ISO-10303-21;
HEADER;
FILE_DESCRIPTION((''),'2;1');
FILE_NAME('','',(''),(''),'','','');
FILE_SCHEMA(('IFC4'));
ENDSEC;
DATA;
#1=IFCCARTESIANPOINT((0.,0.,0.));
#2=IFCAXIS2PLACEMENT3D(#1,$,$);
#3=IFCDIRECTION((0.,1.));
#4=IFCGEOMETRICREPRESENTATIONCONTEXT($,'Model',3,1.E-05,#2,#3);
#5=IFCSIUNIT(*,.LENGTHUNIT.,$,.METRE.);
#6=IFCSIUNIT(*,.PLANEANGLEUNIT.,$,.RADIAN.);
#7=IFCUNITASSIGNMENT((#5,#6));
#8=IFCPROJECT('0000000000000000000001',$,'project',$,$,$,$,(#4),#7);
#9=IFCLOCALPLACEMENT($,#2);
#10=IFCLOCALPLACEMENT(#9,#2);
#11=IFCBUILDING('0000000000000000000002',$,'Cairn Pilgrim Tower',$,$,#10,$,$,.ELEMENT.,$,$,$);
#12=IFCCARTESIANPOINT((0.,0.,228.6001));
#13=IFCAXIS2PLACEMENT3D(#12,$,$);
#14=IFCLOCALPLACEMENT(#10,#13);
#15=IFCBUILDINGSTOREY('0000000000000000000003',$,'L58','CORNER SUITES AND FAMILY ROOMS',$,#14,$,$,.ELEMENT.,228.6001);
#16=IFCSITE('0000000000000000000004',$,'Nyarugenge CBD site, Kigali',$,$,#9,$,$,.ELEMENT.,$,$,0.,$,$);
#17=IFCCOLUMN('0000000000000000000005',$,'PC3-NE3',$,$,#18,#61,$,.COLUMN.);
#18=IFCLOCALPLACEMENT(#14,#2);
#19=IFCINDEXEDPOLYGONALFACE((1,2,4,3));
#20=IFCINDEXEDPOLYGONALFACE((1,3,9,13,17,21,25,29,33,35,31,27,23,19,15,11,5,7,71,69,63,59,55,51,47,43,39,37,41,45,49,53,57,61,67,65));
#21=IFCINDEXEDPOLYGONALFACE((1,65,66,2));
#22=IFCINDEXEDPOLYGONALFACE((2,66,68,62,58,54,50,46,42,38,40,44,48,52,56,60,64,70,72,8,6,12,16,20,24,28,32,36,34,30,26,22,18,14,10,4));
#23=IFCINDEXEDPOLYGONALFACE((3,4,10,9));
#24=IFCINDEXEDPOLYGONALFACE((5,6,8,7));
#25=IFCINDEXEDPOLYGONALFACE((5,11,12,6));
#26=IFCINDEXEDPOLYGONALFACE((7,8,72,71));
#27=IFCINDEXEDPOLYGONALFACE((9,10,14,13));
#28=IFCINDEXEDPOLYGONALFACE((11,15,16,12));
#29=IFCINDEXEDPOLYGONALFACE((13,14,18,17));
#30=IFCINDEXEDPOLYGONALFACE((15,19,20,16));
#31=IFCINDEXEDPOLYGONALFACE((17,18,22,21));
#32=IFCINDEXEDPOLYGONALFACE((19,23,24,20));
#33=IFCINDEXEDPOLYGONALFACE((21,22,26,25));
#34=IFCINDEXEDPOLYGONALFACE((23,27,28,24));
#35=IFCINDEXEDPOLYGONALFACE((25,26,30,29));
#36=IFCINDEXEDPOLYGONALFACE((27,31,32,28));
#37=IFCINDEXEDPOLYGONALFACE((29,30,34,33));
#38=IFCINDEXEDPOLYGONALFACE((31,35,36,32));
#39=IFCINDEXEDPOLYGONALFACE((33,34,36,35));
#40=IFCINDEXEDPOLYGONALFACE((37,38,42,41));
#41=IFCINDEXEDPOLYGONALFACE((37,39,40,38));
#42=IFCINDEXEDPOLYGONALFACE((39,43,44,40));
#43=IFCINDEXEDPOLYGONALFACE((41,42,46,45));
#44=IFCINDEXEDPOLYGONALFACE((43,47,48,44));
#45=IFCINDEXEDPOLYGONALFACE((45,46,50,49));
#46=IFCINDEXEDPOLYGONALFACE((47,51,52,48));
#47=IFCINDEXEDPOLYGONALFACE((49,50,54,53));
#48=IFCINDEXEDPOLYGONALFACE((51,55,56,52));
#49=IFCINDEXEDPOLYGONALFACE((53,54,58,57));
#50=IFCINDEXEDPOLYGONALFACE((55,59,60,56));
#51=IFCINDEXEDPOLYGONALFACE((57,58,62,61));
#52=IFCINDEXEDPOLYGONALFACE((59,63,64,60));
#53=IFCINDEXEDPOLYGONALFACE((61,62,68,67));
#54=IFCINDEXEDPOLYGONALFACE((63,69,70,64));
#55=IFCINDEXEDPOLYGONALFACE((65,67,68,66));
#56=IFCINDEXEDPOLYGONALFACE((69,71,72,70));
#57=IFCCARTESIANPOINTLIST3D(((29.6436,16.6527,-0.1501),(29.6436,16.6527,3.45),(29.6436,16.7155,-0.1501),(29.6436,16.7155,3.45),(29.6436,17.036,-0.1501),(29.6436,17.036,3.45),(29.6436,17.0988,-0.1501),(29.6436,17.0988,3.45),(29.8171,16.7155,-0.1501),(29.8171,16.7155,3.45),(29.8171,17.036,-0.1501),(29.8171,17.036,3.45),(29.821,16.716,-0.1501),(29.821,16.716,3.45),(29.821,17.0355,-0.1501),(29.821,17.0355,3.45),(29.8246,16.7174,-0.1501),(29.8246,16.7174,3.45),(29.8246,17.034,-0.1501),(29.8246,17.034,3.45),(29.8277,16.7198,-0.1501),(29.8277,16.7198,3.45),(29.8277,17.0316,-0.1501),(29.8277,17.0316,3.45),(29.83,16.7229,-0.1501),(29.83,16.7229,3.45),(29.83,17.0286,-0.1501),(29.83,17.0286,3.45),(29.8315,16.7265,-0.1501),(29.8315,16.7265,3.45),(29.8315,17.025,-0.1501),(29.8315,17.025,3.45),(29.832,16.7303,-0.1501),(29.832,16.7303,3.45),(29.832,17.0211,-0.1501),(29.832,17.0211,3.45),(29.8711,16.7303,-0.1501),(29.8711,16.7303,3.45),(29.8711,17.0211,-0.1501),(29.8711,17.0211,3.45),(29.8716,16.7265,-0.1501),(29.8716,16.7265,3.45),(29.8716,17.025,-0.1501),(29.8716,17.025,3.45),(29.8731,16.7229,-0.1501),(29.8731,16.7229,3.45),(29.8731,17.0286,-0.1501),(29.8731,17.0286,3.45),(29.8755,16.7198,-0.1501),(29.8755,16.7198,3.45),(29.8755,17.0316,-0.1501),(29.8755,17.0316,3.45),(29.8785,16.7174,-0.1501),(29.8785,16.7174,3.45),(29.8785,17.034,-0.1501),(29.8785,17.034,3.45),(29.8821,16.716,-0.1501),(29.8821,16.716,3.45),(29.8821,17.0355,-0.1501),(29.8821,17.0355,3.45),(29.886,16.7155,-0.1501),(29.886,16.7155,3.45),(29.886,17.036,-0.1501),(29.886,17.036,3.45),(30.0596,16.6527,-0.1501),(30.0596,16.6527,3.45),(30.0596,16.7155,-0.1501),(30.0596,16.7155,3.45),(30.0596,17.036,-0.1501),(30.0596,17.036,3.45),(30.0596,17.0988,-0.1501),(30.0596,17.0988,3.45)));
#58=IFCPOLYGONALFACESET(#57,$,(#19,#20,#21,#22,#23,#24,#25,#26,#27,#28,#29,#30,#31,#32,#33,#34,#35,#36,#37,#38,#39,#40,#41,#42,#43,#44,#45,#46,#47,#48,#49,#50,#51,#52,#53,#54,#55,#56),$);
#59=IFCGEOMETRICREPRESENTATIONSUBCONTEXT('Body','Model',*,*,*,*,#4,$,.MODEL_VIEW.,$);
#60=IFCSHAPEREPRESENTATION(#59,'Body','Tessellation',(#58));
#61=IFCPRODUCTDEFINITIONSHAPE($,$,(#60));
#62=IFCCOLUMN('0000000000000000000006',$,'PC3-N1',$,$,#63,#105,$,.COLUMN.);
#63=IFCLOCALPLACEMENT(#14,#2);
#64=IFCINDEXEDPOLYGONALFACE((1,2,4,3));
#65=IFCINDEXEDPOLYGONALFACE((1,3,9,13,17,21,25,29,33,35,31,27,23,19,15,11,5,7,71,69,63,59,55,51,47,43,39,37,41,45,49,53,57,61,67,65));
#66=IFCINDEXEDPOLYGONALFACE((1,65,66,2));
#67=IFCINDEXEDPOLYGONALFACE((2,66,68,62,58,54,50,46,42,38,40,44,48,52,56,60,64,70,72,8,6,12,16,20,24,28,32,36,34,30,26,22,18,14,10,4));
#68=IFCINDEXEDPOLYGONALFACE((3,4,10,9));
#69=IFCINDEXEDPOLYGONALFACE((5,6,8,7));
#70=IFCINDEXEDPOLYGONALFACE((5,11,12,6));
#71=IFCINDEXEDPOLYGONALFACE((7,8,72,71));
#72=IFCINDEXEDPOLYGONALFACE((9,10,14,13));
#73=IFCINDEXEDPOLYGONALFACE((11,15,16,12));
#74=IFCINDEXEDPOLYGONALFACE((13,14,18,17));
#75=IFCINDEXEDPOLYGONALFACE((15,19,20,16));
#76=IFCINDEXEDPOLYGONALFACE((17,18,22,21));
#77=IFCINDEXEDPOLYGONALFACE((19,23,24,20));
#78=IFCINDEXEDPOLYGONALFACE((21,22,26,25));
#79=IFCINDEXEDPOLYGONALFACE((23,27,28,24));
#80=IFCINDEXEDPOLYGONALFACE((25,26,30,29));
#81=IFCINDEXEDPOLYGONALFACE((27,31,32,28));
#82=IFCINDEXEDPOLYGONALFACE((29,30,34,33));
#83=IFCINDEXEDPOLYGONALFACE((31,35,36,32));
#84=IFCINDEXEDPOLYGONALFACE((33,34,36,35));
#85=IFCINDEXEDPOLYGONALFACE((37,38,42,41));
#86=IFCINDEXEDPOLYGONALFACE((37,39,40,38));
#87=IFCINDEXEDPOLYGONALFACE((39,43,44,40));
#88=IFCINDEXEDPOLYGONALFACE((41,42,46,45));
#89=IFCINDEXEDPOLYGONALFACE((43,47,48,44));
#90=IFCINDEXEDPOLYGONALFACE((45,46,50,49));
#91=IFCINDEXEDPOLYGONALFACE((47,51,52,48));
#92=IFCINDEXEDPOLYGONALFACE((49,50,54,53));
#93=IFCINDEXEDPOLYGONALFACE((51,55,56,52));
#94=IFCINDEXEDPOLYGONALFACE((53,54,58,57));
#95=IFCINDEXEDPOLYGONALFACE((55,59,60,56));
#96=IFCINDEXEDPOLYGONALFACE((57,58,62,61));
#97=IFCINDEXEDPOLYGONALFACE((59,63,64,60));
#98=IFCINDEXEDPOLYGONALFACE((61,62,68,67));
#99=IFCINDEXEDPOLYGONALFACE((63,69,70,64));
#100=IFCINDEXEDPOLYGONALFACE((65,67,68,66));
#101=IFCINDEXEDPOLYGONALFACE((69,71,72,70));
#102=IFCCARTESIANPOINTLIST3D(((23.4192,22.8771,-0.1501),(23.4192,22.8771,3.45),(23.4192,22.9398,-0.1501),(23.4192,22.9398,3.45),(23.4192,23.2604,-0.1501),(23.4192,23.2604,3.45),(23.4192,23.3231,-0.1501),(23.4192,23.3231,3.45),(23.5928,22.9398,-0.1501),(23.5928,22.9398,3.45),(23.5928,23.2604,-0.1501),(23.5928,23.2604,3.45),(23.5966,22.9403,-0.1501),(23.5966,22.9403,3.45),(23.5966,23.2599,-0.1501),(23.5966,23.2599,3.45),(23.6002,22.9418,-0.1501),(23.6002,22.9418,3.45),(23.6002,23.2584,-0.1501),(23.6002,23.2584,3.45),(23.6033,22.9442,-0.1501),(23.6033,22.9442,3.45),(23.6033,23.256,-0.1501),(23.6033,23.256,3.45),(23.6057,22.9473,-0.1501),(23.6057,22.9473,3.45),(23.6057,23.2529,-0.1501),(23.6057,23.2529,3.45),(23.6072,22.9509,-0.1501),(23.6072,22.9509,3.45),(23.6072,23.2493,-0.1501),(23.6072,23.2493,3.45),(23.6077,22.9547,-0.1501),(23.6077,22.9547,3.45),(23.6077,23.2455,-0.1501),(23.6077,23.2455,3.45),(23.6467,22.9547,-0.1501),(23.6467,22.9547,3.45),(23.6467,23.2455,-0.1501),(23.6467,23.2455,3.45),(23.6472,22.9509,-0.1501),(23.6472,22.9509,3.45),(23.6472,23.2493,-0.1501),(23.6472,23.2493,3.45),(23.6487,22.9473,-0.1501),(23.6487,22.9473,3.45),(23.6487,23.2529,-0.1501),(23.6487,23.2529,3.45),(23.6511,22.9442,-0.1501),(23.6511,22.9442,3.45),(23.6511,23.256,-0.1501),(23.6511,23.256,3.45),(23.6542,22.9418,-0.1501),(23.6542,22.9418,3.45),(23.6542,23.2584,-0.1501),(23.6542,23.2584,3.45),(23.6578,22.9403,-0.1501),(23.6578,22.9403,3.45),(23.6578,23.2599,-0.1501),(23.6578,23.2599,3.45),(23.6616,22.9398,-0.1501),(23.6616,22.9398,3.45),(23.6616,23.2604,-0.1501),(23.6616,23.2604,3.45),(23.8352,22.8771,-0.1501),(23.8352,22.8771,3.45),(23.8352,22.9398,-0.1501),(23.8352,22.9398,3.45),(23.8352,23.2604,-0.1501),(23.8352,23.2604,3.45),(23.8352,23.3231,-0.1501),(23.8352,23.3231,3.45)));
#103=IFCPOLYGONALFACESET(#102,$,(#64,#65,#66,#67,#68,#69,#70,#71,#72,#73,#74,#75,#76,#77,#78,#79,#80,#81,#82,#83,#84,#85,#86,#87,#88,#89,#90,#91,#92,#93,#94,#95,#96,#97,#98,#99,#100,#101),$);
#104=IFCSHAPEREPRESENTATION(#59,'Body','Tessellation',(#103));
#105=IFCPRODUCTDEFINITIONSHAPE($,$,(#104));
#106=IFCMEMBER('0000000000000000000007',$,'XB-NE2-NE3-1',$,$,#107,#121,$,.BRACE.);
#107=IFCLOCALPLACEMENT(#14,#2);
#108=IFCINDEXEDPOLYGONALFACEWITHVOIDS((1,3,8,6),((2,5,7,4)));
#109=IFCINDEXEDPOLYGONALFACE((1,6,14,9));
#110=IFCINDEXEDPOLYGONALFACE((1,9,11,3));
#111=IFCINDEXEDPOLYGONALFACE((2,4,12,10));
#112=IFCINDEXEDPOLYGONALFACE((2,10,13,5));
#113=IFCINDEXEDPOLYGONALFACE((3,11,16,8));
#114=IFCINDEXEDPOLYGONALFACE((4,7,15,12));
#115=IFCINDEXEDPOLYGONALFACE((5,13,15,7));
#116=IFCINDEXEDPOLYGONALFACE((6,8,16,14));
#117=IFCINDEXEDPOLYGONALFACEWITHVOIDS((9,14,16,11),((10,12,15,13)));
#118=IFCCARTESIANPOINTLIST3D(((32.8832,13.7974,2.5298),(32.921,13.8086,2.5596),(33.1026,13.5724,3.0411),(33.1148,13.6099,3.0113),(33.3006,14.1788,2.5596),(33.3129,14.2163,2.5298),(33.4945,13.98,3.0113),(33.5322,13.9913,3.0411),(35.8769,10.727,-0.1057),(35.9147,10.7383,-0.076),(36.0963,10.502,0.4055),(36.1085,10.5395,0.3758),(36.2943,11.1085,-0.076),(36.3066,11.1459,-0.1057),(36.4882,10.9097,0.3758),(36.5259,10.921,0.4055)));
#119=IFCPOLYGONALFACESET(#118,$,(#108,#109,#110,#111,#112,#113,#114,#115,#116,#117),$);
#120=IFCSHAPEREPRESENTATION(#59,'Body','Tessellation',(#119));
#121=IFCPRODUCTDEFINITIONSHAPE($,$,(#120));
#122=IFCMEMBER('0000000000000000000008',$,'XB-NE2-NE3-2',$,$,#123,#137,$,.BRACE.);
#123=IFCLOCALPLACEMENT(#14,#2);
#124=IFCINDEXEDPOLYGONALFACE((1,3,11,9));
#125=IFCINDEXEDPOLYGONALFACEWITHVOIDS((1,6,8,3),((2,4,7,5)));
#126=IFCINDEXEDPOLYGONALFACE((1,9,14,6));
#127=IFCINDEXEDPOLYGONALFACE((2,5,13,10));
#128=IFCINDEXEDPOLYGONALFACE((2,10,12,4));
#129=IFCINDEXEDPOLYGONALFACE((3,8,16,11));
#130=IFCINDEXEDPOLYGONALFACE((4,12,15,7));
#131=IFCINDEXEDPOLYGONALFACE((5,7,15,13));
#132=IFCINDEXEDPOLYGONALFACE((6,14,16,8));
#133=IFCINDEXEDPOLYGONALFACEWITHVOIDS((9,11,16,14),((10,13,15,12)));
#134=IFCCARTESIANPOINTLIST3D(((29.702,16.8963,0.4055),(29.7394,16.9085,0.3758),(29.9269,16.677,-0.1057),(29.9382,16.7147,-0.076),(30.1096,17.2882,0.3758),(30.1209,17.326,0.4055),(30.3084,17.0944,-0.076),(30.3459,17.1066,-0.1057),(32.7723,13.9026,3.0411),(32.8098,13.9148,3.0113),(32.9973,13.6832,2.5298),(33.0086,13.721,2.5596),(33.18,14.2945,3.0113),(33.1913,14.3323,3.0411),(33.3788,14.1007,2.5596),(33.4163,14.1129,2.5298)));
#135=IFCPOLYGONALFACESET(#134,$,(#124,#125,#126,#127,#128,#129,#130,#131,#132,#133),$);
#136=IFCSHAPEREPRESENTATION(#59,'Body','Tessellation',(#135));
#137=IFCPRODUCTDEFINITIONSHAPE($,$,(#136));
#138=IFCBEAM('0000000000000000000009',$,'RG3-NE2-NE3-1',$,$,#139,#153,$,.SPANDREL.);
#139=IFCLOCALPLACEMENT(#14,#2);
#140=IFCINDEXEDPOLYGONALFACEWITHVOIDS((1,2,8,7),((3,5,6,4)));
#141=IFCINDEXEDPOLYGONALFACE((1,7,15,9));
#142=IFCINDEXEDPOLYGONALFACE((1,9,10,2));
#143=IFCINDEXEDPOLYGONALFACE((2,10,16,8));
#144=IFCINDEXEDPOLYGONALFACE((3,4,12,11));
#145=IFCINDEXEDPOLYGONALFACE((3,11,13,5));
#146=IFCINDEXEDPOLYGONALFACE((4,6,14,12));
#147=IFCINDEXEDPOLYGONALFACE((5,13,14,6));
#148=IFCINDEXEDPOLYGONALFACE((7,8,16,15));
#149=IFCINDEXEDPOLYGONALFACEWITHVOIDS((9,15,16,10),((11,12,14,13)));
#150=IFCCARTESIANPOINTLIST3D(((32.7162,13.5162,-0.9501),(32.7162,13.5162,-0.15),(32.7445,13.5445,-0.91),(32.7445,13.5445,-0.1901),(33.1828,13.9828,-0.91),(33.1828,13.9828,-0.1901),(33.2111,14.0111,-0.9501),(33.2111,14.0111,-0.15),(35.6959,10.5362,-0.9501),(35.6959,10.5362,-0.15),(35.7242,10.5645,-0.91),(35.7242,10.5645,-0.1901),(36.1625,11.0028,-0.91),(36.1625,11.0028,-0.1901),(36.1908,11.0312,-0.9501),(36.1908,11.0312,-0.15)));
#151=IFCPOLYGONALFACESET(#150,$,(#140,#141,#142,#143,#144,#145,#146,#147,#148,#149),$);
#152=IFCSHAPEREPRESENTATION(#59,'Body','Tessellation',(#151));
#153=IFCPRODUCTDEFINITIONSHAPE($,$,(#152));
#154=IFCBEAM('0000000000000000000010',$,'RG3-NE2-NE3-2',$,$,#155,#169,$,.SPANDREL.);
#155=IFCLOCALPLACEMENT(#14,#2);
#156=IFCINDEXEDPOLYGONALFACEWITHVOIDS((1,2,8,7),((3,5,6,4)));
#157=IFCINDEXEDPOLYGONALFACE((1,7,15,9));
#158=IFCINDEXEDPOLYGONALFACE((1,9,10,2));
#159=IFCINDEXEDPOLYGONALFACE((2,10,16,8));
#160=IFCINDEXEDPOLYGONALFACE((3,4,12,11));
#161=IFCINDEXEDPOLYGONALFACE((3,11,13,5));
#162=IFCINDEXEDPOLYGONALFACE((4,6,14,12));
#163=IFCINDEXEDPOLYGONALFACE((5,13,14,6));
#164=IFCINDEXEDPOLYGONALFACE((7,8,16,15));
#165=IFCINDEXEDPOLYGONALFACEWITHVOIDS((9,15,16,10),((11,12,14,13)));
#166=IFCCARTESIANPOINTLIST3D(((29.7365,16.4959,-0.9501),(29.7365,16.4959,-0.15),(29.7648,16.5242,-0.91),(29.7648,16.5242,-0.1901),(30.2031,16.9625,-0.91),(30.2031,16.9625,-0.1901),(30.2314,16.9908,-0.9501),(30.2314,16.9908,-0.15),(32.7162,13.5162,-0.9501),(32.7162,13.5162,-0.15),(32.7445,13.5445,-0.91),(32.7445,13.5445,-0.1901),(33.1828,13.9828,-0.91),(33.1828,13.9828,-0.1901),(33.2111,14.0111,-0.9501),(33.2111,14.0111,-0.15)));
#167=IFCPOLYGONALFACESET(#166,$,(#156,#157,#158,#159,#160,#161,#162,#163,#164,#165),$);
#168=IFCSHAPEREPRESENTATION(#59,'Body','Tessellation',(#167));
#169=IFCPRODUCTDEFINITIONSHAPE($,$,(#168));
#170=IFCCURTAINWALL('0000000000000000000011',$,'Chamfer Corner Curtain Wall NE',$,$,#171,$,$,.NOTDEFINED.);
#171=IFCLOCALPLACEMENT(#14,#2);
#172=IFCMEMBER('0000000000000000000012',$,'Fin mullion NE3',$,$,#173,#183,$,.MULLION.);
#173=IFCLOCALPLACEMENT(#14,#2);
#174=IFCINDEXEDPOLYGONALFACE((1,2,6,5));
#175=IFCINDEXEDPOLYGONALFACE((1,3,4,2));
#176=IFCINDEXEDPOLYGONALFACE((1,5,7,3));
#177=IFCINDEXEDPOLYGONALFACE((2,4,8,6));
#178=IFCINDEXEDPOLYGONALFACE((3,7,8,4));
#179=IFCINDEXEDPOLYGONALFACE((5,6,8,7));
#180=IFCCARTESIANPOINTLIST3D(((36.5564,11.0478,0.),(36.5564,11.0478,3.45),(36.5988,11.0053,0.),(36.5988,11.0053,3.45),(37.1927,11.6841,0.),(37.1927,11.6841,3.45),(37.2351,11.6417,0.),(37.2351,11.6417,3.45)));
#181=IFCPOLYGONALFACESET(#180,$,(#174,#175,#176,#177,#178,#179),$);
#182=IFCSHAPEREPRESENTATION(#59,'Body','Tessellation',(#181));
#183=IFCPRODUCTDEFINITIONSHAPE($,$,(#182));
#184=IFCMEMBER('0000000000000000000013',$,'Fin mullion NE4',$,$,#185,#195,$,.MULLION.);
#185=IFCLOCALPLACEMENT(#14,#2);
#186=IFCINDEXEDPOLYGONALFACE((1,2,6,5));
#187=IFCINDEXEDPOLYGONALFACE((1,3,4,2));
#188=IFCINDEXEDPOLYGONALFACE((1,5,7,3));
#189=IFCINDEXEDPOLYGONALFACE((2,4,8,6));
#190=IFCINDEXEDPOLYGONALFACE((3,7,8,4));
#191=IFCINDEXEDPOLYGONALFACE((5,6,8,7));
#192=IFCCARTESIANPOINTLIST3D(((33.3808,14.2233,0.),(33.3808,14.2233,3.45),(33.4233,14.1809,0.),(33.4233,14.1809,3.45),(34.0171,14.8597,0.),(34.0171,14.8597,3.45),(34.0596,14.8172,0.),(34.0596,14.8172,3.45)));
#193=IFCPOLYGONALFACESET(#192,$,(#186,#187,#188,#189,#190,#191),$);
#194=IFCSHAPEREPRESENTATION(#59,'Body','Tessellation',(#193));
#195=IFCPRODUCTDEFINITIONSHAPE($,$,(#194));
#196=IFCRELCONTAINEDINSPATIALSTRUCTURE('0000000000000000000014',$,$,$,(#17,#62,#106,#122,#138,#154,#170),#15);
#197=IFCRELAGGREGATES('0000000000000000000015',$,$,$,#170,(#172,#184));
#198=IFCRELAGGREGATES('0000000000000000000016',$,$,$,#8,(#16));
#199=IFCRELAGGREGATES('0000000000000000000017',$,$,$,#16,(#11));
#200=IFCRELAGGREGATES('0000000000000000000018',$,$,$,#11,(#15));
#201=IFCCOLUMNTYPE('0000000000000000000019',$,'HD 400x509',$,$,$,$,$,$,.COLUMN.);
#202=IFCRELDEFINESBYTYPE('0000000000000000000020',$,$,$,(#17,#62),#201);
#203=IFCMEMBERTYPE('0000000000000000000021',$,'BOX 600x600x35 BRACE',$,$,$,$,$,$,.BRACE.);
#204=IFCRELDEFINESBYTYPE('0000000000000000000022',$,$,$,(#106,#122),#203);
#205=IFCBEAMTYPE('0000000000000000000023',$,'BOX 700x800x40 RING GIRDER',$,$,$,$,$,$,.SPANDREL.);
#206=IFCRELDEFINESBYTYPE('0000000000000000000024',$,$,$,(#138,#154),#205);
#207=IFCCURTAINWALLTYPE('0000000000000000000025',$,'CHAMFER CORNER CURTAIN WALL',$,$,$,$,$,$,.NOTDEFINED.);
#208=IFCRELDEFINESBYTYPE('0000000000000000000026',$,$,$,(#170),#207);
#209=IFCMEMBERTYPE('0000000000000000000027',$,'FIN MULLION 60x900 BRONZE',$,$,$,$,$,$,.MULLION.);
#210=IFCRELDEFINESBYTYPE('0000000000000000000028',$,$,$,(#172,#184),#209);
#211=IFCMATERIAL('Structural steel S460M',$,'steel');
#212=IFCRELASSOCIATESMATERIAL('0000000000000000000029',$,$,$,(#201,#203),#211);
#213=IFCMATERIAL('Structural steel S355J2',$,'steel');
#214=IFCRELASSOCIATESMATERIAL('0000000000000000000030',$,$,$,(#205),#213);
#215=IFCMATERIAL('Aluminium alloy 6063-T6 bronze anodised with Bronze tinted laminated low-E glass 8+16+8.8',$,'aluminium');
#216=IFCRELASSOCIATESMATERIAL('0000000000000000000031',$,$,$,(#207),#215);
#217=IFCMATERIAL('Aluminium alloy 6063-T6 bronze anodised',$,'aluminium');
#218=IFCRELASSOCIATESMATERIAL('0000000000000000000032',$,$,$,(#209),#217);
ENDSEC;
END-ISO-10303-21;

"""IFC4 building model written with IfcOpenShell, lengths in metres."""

from ifc_helpers import new_model, si_unit, direction, frame, origin, origin_2d, place, context, subcontext, project, spatial, rectangle, hollow_rectangle, i_section, extrude, material, material_profile, profile_set, type_object, element, aggregate, save


model = new_model("IFC4")

# Units and contexts
model_context = context("Model", 3, precision=1e-05, world=origin(), true_north=direction((0.0, 1.0)))
body_context = subcontext(model_context, "Body", "Model", "MODEL_VIEW")
ifc_project = project(units=[si_unit("LENGTHUNIT", "METRE"), si_unit("PLANEANGLEUNIT", "RADIAN")], contexts=[model_context])

# Site, building, storey
site_placement = place(None, origin())
site = spatial("IfcSite", under=ifc_project, at=site_placement, Name="Nyarugenge CBD site, Kigali", CompositionType="ELEMENT", RefElevation=0.0)
building_placement = place(site_placement, origin())
building = spatial("IfcBuilding", under=site, at=building_placement, Name="Cairn Pilgrim Tower", CompositionType="ELEMENT")
storey_placement = place(building_placement, frame((0.0, 0.0, 228.6001)))
storey = spatial("IfcBuildingStorey", under=building, at=storey_placement, Name="L58", Description="CORNER SUITES AND FAMILY ROOMS", CompositionType="ELEMENT", Elevation=228.6001)

# Columns
ifc_material_1 = material(Name="Structural steel S460M", Category="steel")
ifc_material_profile_1 = material_profile(ifc_material_1, i_section(OverallWidth=0.416, OverallDepth=0.446, WebThickness=0.0391, FlangeThickness=0.0627, FilletRadius=0.0149, at=origin_2d()), Name="HD 400x509")
ifc_profile_set_1 = profile_set([ifc_material_profile_1], Name="Structural steel S460M")
column_type = type_object("IfcColumnType", Name="HD 400x509", PredefinedType="COLUMN", material=ifc_profile_set_1)
for number, where, z_axis, x_axis, name in (
    (1, (29.8516, 16.8757, -0.1501), (0.0, 0.0, 1.0), (1.0, 0.0, 0.0), "PC3-NE3"),
    (2, (23.6272, 23.1001, -0.1501), (0.0, 0.0, 1.0), (1.0, 0.0, 0.0), "PC3-N1"),
):
    element("IfcColumn", number, at=place(storey_placement, frame(where, z_axis=z_axis, x_axis=x_axis)), inside=storey, type_object=column_type, Name=name, PredefinedType="COLUMN", context=body_context, shape_type="SweptSolid", body=[
        extrude(i_section(OverallWidth=0.416, OverallDepth=0.446, WebThickness=0.0391, FlangeThickness=0.0627, FilletRadius=0.0149, at=origin_2d()), origin(), (0.0, 0.0, 1.0), 3.6001),
    ])

# Members
ifc_material_profile_2 = material_profile(ifc_material_1, hollow_rectangle(XDim=0.6001, YDim=0.6001, WallThickness=0.0349, at=origin_2d()), Name="BOX 600x600x35")
ifc_profile_set_2 = profile_set([ifc_material_profile_2], Name="Structural steel S460M")
member_type_1 = type_object("IfcMemberType", Name="BOX 600x600x35 BRACE", PredefinedType="BRACE", material=ifc_profile_set_2)
for number, where, z_axis, x_axis, name in (
    (3, (36.2014, 10.824, 0.1499), (-0.594763, 0.609994, 0.523607), (-0.715989, -0.698112, 0.0), "XB-NE2-NE3-1"),
    (4, (30.0239, 17.0015, 0.1499), (0.609994, -0.594763, 0.523607), (0.698112, 0.715989, 0.0), "XB-NE2-NE3-2"),
):
    element("IfcMember", number, at=place(storey_placement, frame(where, z_axis=z_axis, x_axis=x_axis)), inside=storey, type_object=member_type_1, Name=name, PredefinedType="BRACE", context=body_context, shape_type="SweptSolid", body=[
        extrude(hollow_rectangle(XDim=0.6001, YDim=0.6001, WallThickness=0.0349, at=origin_2d()), origin(), (0.0, 0.0, 1.0), 5.0334),
    ])

# Beams
ifc_material_2 = material(Name="Structural steel S355J2", Category="steel")
ifc_material_profile_3 = material_profile(ifc_material_2, hollow_rectangle(XDim=0.7, YDim=0.8, WallThickness=0.04, at=origin_2d()), Name="BOX 700x800x40")
ifc_profile_set_3 = profile_set([ifc_material_profile_3], Name="Structural steel S355J2")
beam_type_1 = type_object("IfcBeamType", Name="BOX 700x800x40 RING GIRDER", PredefinedType="SPANDREL", material=ifc_profile_set_3)
beam_1_placement = place(storey_placement, frame((35.9434, 10.7837, -0.55), z_axis=(-0.707078, 0.707136, 0.0), x_axis=(-0.707136, -0.707078, 0.0)))
element("IfcBeam", 5, at=beam_1_placement, inside=storey, type_object=beam_type_1, Name="RG3-NE2-NE3-1", PredefinedType="SPANDREL", context=body_context, shape_type="SweptSolid", body=[
    extrude(hollow_rectangle(XDim=0.7, YDim=0.8, WallThickness=0.04, at=origin_2d()), origin(), (0.0, 0.0, 1.0), 4.2141),
])
beam_2_placement = place(storey_placement, frame((32.9636, 13.7637, -0.55), z_axis=(-0.707107, 0.707107, 0.0), x_axis=(-0.707107, -0.707107, 0.0)))
element("IfcBeam", 6, at=beam_2_placement, inside=storey, type_object=beam_type_1, Name="RG3-NE2-NE3-2", PredefinedType="SPANDREL", context=body_context, shape_type="SweptSolid", body=[
    extrude(hollow_rectangle(XDim=0.7, YDim=0.8, WallThickness=0.04, at=origin_2d()), origin(), (0.0, 0.0, 1.0), 4.2139),
])

# Curtain wall, members
ifc_material_3 = material(Name="Aluminium alloy 6063-T6 bronze anodised with Bronze tinted laminated low-E glass 8+16+8.8", Category="aluminium")
curtain_wall_type_1 = type_object("IfcCurtainWallType", Name="CHAMFER CORNER CURTAIN WALL", PredefinedType="NOTDEFINED", material=ifc_material_3)
curtain_wall_1_placement = place(storey_placement, origin())
curtain_wall_1 = element("IfcCurtainWall", 7, at=curtain_wall_1_placement, inside=storey, type_object=curtain_wall_type_1, Name="Chamfer Corner Curtain Wall NE", PredefinedType="NOTDEFINED")
ifc_material_4 = material(Name="Aluminium alloy 6063-T6 bronze anodised", Category="aluminium")
ifc_material_profile_4 = material_profile(ifc_material_4, rectangle(XDim=0.8999, YDim=0.0601, at=origin_2d()), Name="FIN MULLION 60x900 BRONZE")
ifc_profile_set_4 = profile_set([ifc_material_profile_4], Name="Aluminium alloy 6063-T6 bronze anodised")
member_type_2 = type_object("IfcMemberType", Name="FIN MULLION 60x900 BRONZE", PredefinedType="MULLION", material=ifc_profile_set_4)
member_1_placement = place(storey_placement, frame((36.8958, 11.3447, 0.0), z_axis=(0.0, 0.0, 1.0), x_axis=(0.707107, 0.707107, 0.0)))
member_1 = element("IfcMember", 8, at=member_1_placement, type_object=member_type_2, Name="Fin mullion NE3", PredefinedType="MULLION", context=body_context, shape_type="SweptSolid", body=[
    extrude(rectangle(XDim=0.8999, YDim=0.0601, at=origin_2d()), origin(), (0.0, 0.0, 1.0), 3.45),
])
member_2_placement = place(storey_placement, frame((33.7202, 14.5203, 0.0), z_axis=(0.0, 0.0, 1.0), x_axis=(0.707107, 0.707107, 0.0)))
member_2 = element("IfcMember", 9, at=member_2_placement, type_object=member_type_2, Name="Fin mullion NE4", PredefinedType="MULLION", context=body_context, shape_type="SweptSolid", body=[
    extrude(rectangle(XDim=0.8999, YDim=0.0601, at=origin_2d()), origin(), (0.0, 0.0, 1.0), 3.45),
])

aggregate(curtain_wall_1, [member_1, member_2])

save(model, "model.ifc")
